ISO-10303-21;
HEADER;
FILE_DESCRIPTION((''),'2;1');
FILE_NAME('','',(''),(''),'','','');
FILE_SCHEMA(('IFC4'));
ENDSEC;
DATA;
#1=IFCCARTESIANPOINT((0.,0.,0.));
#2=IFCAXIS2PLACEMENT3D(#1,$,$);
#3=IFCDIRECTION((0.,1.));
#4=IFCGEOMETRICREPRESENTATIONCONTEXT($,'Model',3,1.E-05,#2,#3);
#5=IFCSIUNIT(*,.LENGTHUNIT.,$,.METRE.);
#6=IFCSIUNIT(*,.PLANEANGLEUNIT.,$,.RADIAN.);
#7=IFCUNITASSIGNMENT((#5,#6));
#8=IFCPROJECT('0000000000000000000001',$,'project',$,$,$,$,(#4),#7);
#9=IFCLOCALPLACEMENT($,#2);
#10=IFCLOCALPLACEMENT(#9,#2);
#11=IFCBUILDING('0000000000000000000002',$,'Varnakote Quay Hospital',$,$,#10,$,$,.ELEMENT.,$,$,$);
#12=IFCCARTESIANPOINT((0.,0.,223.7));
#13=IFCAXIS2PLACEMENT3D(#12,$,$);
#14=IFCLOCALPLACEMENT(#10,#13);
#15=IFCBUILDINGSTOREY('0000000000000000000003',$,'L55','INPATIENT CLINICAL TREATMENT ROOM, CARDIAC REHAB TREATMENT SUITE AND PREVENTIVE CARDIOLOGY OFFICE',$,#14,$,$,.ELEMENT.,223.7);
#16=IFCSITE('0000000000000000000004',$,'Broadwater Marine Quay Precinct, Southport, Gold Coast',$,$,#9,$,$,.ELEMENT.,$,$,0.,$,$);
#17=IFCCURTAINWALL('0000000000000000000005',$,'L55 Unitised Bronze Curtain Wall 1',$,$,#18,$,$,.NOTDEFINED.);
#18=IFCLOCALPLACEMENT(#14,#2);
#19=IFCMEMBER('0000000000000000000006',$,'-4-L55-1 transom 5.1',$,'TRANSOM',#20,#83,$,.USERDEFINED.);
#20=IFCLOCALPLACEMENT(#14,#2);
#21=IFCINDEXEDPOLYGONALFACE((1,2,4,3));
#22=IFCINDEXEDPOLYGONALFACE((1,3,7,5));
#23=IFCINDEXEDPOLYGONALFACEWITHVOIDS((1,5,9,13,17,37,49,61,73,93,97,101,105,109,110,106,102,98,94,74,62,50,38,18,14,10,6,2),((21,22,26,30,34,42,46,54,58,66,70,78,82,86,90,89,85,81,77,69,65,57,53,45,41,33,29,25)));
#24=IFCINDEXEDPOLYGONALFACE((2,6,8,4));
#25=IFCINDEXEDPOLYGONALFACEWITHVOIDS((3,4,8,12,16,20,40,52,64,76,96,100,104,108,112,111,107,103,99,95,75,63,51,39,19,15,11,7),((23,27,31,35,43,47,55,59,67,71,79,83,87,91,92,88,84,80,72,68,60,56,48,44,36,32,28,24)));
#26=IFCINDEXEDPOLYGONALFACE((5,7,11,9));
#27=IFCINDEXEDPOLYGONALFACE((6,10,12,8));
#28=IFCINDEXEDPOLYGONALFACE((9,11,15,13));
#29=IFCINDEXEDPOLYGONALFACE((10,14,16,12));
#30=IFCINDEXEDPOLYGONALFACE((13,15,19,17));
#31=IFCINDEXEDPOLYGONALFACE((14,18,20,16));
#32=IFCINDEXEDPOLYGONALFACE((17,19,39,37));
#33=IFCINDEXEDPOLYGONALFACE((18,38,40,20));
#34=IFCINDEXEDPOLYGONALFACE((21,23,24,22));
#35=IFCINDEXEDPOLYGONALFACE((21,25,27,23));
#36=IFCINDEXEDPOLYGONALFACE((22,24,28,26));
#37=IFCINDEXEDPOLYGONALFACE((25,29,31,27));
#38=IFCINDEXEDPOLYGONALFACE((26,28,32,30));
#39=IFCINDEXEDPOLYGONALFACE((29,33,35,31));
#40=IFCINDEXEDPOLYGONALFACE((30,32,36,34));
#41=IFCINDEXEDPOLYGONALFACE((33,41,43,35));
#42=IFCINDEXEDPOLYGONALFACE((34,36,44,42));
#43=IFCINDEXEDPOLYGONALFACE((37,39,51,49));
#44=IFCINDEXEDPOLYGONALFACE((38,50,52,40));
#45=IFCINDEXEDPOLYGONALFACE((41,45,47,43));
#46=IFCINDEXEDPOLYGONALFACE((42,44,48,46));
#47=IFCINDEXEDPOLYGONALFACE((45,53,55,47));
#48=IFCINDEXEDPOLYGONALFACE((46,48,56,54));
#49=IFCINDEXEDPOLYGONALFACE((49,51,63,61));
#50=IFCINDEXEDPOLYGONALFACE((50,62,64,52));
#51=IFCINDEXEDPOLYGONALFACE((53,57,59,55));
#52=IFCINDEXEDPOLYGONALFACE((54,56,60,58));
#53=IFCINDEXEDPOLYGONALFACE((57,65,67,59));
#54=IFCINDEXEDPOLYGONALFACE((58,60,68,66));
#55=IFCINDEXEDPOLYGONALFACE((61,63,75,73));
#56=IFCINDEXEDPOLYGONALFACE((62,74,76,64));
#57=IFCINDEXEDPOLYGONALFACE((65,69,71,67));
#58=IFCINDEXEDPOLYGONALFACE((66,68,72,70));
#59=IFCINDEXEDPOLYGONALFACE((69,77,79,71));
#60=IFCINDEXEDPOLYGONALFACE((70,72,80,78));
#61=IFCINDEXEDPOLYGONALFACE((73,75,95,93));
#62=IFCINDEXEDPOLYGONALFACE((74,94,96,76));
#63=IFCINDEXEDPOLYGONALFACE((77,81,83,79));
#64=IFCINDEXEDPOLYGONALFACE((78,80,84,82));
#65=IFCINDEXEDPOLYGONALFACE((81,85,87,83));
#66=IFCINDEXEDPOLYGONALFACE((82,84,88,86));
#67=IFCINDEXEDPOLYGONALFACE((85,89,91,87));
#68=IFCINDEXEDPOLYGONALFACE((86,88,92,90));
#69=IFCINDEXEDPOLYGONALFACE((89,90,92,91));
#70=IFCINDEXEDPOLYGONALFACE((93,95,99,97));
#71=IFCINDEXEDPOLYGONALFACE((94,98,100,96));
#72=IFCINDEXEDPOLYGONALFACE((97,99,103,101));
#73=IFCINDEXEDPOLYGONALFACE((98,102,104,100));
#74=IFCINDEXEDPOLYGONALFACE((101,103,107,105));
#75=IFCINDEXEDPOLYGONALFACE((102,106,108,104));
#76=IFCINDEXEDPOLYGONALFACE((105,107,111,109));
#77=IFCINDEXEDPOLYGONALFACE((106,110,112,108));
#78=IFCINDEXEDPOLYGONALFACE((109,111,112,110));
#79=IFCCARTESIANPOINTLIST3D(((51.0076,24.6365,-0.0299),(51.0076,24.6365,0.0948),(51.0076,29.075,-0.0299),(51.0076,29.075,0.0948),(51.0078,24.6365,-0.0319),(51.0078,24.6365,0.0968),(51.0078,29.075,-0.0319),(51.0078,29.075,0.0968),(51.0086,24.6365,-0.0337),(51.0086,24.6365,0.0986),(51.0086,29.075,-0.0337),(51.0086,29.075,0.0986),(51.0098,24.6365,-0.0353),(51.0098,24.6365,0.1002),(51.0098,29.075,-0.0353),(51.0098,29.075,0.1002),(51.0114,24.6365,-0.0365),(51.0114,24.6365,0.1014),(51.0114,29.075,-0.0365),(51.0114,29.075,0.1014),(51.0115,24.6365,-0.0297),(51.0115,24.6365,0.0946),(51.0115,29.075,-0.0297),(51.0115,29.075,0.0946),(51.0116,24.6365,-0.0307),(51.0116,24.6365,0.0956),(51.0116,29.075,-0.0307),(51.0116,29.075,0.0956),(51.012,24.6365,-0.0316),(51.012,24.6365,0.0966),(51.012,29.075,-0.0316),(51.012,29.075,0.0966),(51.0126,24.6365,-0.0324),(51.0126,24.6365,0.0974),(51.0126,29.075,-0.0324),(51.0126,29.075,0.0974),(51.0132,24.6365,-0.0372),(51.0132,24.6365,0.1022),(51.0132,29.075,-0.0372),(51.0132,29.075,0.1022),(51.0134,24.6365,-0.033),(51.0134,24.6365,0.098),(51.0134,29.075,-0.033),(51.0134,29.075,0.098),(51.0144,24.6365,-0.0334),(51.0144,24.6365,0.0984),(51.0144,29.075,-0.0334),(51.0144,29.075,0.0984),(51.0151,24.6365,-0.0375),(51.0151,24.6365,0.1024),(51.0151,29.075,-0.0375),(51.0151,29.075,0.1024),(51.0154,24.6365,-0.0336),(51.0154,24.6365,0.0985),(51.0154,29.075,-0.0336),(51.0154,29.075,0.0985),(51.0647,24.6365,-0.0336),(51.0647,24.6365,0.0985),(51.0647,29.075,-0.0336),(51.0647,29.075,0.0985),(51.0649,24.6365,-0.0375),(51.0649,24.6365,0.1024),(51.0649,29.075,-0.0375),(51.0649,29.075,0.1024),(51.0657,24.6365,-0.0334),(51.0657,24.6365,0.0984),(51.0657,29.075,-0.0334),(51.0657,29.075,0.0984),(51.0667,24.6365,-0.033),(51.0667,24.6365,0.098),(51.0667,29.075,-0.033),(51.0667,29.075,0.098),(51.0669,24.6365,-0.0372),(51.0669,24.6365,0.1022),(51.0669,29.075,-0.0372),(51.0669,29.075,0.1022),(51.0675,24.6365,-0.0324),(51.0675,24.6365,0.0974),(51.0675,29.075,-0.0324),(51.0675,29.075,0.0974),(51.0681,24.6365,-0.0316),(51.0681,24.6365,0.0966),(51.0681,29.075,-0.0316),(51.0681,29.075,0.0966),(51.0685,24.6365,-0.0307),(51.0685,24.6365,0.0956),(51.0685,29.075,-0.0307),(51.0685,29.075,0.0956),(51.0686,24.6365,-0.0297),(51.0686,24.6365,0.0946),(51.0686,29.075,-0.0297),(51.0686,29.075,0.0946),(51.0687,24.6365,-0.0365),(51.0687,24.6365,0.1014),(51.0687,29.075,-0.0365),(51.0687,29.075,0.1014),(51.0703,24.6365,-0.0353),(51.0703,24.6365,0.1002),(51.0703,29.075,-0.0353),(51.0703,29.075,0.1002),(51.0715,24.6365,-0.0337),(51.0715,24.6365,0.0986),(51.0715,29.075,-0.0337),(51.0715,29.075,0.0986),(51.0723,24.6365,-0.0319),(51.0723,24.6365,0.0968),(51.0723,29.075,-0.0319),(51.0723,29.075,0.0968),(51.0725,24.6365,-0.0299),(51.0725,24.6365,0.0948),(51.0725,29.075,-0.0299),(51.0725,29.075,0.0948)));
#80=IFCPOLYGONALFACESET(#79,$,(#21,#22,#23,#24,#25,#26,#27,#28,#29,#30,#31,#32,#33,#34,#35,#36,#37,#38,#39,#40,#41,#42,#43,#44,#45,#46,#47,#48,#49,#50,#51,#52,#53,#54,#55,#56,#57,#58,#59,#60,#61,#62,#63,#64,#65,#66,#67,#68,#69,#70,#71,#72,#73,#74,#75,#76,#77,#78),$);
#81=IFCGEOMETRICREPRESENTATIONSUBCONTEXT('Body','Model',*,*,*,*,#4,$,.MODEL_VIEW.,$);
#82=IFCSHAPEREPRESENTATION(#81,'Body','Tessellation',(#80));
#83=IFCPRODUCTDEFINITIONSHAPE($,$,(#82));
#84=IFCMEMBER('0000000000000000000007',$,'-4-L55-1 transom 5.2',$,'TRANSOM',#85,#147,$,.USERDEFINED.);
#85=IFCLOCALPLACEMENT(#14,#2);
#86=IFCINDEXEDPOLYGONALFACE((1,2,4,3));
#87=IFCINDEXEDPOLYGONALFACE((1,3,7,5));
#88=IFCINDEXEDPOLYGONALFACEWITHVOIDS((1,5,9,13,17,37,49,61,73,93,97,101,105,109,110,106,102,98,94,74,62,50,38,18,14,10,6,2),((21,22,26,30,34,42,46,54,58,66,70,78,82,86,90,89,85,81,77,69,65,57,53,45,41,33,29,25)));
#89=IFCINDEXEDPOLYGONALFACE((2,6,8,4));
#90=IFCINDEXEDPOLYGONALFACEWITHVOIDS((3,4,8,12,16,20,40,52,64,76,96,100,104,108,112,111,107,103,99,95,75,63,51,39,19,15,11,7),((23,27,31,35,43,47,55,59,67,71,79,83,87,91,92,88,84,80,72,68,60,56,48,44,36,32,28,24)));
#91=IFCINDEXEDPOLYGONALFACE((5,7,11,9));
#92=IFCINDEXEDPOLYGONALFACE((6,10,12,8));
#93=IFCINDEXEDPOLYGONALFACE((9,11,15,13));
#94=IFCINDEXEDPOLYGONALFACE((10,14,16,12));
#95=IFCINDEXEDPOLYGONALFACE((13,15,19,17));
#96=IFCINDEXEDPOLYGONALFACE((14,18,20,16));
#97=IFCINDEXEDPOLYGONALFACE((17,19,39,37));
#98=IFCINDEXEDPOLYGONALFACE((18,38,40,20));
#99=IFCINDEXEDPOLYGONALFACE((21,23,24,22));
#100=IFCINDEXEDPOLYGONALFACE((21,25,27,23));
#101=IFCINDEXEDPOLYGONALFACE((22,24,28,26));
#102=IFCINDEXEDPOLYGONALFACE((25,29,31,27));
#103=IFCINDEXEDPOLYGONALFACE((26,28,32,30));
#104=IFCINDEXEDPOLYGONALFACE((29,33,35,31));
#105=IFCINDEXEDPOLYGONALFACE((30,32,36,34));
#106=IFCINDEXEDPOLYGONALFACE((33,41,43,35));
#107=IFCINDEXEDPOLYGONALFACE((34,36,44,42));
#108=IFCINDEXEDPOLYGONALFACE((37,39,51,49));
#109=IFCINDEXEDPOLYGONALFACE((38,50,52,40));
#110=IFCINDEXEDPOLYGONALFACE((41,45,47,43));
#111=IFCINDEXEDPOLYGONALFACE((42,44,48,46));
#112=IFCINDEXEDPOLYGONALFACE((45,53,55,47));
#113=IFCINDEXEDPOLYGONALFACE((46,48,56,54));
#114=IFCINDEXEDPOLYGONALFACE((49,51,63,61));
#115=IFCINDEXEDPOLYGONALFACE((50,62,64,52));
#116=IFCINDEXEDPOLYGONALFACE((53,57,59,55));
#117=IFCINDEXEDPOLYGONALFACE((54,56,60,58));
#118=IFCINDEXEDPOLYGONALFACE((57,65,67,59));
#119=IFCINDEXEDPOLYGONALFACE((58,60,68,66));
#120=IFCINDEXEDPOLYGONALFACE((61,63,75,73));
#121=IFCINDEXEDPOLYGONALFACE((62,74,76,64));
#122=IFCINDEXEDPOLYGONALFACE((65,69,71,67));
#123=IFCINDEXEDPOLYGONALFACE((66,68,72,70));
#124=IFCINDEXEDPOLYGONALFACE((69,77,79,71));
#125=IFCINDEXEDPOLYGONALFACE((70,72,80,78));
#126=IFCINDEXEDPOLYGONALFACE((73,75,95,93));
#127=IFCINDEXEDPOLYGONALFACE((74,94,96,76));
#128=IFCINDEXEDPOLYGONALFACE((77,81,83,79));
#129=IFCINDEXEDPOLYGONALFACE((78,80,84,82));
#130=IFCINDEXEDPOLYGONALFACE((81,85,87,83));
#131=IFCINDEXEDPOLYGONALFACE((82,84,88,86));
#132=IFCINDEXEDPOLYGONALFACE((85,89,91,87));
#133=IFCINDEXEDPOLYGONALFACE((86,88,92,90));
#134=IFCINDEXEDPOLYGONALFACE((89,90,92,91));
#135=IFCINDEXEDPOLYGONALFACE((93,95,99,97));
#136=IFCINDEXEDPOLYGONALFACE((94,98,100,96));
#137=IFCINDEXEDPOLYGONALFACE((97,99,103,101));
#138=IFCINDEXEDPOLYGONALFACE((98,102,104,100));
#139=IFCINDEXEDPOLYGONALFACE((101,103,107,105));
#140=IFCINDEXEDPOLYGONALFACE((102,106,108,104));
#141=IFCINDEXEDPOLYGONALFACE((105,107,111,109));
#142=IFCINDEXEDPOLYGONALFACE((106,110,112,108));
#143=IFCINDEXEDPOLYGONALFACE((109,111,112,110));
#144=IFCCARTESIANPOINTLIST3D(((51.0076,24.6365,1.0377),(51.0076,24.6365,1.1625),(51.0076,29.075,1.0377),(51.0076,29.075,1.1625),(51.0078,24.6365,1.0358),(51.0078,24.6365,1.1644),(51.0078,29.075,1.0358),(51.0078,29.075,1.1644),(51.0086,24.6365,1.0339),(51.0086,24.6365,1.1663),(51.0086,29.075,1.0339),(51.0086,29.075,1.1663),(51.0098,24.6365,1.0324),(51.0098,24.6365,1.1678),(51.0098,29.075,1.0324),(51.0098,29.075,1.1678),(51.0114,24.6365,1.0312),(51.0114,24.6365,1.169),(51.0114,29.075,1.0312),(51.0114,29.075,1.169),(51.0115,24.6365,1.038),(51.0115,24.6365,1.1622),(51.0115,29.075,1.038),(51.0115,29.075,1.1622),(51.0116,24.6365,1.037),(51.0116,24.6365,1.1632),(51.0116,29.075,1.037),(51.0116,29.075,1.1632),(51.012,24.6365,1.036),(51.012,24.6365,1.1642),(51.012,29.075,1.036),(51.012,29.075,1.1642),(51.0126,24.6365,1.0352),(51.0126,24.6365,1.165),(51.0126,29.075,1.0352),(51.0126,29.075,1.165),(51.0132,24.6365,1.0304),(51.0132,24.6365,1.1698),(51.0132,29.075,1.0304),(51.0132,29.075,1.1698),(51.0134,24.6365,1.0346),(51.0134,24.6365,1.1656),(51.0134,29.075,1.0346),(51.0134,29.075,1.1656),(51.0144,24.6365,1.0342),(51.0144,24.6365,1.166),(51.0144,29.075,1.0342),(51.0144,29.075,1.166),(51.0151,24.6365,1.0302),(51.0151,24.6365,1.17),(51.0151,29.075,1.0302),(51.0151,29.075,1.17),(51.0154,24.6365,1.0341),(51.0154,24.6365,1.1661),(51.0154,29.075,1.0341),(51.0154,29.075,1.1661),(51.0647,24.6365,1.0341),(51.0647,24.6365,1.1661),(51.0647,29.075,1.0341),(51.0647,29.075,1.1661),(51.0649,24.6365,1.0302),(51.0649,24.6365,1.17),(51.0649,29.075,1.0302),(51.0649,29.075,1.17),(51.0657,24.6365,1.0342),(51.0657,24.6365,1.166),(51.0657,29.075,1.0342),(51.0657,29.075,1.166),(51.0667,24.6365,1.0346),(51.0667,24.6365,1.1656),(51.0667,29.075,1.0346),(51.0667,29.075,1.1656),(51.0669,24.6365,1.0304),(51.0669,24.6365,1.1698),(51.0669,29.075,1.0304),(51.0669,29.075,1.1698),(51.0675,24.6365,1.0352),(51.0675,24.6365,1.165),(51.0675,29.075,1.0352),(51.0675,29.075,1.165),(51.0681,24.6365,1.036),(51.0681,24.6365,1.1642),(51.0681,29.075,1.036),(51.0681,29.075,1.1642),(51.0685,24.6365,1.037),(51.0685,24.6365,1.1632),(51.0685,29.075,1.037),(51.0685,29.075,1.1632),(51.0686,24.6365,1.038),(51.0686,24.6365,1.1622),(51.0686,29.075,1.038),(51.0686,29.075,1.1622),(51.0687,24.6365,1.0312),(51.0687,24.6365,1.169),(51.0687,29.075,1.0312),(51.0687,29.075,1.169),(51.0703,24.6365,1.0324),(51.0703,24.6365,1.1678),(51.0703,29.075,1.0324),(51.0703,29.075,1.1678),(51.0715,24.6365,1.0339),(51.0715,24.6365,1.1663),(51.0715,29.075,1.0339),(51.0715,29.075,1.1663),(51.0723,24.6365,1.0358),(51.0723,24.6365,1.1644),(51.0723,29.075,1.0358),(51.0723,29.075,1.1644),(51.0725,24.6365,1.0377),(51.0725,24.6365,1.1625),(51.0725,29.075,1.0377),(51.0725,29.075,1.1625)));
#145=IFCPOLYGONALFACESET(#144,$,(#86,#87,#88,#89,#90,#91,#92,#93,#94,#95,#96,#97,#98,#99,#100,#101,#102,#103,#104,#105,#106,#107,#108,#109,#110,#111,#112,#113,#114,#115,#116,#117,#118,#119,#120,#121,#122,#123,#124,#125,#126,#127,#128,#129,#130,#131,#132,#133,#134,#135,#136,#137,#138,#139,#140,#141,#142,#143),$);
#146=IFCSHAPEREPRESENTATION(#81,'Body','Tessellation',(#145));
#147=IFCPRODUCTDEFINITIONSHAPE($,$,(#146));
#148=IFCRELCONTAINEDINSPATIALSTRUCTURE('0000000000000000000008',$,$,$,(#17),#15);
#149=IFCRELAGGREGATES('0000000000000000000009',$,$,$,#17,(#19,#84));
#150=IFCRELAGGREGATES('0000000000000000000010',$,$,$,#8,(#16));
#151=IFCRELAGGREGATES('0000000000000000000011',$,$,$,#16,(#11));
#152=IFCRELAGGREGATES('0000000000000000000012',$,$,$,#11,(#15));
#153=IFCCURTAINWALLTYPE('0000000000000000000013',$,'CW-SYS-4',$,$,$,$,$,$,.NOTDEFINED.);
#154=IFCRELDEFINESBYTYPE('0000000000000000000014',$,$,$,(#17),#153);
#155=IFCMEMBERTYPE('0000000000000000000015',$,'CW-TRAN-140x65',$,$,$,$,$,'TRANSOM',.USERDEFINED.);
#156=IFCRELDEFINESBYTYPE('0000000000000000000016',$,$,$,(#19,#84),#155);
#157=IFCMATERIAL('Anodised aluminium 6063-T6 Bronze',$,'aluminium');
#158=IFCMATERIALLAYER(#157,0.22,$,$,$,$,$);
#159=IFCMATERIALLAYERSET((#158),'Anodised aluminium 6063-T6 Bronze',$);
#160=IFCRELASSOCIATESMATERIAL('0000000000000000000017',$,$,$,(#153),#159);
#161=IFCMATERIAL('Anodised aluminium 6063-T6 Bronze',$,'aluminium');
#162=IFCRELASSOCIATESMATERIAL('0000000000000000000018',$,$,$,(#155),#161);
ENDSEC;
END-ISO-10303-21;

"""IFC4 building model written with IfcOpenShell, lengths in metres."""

from ifc_helpers import new_model, si_unit, direction, frame, origin, origin_2d, place, context, subcontext, project, spatial, hollow_rectangle, extrude, material, layer, layer_set, material_profile, profile_set, type_object, element, aggregate, save


model = new_model("IFC4")

# Units and contexts
model_context = context("Model", 3, precision=1e-05, world=origin(), true_north=direction((0.0, 1.0)))
body_context = subcontext(model_context, "Body", "Model", "MODEL_VIEW")
ifc_project = project(units=[si_unit("LENGTHUNIT", "METRE"), si_unit("PLANEANGLEUNIT", "RADIAN")], contexts=[model_context])

# Site, building, storey
site_placement = place(None, origin())
site = spatial("IfcSite", under=ifc_project, at=site_placement, Name="Broadwater Marine Quay Precinct, Southport, Gold Coast", CompositionType="ELEMENT", RefElevation=0.0)
building_placement = place(site_placement, origin())
building = spatial("IfcBuilding", under=site, at=building_placement, Name="Varnakote Quay Hospital", CompositionType="ELEMENT")
storey_placement = place(building_placement, frame((0.0, 0.0, 223.7)))
storey = spatial("IfcBuildingStorey", under=building, at=storey_placement, Name="L55", Description="INPATIENT CLINICAL TREATMENT ROOM, CARDIAC REHAB TREATMENT SUITE AND PREVENTIVE CARDIOLOGY OFFICE", CompositionType="ELEMENT", Elevation=223.7)

# Curtain wall, members
ifc_material_1 = material(Name="Anodised aluminium 6063-T6 Bronze", Category="aluminium")
ifc_layer_1 = layer(ifc_material_1, 0.22)
ifc_layer_set_1 = layer_set([ifc_layer_1], Name="Anodised aluminium 6063-T6 Bronze")
curtain_wall_type = type_object("IfcCurtainWallType", Name="CW-SYS-4", PredefinedType="NOTDEFINED", material=ifc_layer_set_1)
curtain_wall_placement = place(storey_placement, origin())
curtain_wall = element("IfcCurtainWall", 1, at=curtain_wall_placement, inside=storey, type_object=curtain_wall_type, Name="L55 Unitised Bronze Curtain Wall 1", PredefinedType="NOTDEFINED")
ifc_material_2 = material(Name="Anodised aluminium 6063-T6 Bronze", Category="aluminium")
ifc_material_profile_1 = material_profile(ifc_material_2, hollow_rectangle(XDim=0.0649, YDim=0.1399, WallThickness=0.0039, InnerFilletRadius=0.0039, OuterFilletRadius=0.0076, at=origin_2d()), Name="CW-TRAN-140x65")
ifc_profile_set_1 = profile_set([ifc_material_profile_1], Name="Anodised aluminium 6063-T6 Bronze")
member_type_1 = type_object("IfcMemberType", Name="CW-TRAN-140x65", ElementType="TRANSOM", PredefinedType="USERDEFINED", material=ifc_profile_set_1)
member_1_placement = place(storey_placement, frame((51.04, 24.6365, 0.0325), z_axis=(0.0, 1.0, 0.0), x_axis=(-1.0, 0.0, 0.0)))
member_1 = element("IfcMember", 2, at=member_1_placement, type_object=member_type_1, Name="-4-L55-1 transom 5.1", ObjectType="TRANSOM", PredefinedType="USERDEFINED", context=body_context, shape_type="SweptSolid", body=[
    extrude(hollow_rectangle(XDim=0.0649, YDim=0.1399, WallThickness=0.0039, InnerFilletRadius=0.0039, OuterFilletRadius=0.0076, at=origin_2d()), origin(), (0.0, 0.0, 1.0), 4.4385),
])
member_2_placement = place(storey_placement, frame((51.04, 24.6365, 1.1001), z_axis=(0.0, 1.0, 0.0), x_axis=(-1.0, 0.0, 0.0)))
member_2 = element("IfcMember", 3, at=member_2_placement, type_object=member_type_1, Name="-4-L55-1 transom 5.2", ObjectType="TRANSOM", PredefinedType="USERDEFINED", context=body_context, shape_type="SweptSolid", body=[
    extrude(hollow_rectangle(XDim=0.0649, YDim=0.1399, WallThickness=0.0039, InnerFilletRadius=0.0039, OuterFilletRadius=0.0076, at=origin_2d()), origin(), (0.0, 0.0, 1.0), 4.4385),
])
aggregate(curtain_wall, [member_1, member_2])

save(model, "model.ifc")
